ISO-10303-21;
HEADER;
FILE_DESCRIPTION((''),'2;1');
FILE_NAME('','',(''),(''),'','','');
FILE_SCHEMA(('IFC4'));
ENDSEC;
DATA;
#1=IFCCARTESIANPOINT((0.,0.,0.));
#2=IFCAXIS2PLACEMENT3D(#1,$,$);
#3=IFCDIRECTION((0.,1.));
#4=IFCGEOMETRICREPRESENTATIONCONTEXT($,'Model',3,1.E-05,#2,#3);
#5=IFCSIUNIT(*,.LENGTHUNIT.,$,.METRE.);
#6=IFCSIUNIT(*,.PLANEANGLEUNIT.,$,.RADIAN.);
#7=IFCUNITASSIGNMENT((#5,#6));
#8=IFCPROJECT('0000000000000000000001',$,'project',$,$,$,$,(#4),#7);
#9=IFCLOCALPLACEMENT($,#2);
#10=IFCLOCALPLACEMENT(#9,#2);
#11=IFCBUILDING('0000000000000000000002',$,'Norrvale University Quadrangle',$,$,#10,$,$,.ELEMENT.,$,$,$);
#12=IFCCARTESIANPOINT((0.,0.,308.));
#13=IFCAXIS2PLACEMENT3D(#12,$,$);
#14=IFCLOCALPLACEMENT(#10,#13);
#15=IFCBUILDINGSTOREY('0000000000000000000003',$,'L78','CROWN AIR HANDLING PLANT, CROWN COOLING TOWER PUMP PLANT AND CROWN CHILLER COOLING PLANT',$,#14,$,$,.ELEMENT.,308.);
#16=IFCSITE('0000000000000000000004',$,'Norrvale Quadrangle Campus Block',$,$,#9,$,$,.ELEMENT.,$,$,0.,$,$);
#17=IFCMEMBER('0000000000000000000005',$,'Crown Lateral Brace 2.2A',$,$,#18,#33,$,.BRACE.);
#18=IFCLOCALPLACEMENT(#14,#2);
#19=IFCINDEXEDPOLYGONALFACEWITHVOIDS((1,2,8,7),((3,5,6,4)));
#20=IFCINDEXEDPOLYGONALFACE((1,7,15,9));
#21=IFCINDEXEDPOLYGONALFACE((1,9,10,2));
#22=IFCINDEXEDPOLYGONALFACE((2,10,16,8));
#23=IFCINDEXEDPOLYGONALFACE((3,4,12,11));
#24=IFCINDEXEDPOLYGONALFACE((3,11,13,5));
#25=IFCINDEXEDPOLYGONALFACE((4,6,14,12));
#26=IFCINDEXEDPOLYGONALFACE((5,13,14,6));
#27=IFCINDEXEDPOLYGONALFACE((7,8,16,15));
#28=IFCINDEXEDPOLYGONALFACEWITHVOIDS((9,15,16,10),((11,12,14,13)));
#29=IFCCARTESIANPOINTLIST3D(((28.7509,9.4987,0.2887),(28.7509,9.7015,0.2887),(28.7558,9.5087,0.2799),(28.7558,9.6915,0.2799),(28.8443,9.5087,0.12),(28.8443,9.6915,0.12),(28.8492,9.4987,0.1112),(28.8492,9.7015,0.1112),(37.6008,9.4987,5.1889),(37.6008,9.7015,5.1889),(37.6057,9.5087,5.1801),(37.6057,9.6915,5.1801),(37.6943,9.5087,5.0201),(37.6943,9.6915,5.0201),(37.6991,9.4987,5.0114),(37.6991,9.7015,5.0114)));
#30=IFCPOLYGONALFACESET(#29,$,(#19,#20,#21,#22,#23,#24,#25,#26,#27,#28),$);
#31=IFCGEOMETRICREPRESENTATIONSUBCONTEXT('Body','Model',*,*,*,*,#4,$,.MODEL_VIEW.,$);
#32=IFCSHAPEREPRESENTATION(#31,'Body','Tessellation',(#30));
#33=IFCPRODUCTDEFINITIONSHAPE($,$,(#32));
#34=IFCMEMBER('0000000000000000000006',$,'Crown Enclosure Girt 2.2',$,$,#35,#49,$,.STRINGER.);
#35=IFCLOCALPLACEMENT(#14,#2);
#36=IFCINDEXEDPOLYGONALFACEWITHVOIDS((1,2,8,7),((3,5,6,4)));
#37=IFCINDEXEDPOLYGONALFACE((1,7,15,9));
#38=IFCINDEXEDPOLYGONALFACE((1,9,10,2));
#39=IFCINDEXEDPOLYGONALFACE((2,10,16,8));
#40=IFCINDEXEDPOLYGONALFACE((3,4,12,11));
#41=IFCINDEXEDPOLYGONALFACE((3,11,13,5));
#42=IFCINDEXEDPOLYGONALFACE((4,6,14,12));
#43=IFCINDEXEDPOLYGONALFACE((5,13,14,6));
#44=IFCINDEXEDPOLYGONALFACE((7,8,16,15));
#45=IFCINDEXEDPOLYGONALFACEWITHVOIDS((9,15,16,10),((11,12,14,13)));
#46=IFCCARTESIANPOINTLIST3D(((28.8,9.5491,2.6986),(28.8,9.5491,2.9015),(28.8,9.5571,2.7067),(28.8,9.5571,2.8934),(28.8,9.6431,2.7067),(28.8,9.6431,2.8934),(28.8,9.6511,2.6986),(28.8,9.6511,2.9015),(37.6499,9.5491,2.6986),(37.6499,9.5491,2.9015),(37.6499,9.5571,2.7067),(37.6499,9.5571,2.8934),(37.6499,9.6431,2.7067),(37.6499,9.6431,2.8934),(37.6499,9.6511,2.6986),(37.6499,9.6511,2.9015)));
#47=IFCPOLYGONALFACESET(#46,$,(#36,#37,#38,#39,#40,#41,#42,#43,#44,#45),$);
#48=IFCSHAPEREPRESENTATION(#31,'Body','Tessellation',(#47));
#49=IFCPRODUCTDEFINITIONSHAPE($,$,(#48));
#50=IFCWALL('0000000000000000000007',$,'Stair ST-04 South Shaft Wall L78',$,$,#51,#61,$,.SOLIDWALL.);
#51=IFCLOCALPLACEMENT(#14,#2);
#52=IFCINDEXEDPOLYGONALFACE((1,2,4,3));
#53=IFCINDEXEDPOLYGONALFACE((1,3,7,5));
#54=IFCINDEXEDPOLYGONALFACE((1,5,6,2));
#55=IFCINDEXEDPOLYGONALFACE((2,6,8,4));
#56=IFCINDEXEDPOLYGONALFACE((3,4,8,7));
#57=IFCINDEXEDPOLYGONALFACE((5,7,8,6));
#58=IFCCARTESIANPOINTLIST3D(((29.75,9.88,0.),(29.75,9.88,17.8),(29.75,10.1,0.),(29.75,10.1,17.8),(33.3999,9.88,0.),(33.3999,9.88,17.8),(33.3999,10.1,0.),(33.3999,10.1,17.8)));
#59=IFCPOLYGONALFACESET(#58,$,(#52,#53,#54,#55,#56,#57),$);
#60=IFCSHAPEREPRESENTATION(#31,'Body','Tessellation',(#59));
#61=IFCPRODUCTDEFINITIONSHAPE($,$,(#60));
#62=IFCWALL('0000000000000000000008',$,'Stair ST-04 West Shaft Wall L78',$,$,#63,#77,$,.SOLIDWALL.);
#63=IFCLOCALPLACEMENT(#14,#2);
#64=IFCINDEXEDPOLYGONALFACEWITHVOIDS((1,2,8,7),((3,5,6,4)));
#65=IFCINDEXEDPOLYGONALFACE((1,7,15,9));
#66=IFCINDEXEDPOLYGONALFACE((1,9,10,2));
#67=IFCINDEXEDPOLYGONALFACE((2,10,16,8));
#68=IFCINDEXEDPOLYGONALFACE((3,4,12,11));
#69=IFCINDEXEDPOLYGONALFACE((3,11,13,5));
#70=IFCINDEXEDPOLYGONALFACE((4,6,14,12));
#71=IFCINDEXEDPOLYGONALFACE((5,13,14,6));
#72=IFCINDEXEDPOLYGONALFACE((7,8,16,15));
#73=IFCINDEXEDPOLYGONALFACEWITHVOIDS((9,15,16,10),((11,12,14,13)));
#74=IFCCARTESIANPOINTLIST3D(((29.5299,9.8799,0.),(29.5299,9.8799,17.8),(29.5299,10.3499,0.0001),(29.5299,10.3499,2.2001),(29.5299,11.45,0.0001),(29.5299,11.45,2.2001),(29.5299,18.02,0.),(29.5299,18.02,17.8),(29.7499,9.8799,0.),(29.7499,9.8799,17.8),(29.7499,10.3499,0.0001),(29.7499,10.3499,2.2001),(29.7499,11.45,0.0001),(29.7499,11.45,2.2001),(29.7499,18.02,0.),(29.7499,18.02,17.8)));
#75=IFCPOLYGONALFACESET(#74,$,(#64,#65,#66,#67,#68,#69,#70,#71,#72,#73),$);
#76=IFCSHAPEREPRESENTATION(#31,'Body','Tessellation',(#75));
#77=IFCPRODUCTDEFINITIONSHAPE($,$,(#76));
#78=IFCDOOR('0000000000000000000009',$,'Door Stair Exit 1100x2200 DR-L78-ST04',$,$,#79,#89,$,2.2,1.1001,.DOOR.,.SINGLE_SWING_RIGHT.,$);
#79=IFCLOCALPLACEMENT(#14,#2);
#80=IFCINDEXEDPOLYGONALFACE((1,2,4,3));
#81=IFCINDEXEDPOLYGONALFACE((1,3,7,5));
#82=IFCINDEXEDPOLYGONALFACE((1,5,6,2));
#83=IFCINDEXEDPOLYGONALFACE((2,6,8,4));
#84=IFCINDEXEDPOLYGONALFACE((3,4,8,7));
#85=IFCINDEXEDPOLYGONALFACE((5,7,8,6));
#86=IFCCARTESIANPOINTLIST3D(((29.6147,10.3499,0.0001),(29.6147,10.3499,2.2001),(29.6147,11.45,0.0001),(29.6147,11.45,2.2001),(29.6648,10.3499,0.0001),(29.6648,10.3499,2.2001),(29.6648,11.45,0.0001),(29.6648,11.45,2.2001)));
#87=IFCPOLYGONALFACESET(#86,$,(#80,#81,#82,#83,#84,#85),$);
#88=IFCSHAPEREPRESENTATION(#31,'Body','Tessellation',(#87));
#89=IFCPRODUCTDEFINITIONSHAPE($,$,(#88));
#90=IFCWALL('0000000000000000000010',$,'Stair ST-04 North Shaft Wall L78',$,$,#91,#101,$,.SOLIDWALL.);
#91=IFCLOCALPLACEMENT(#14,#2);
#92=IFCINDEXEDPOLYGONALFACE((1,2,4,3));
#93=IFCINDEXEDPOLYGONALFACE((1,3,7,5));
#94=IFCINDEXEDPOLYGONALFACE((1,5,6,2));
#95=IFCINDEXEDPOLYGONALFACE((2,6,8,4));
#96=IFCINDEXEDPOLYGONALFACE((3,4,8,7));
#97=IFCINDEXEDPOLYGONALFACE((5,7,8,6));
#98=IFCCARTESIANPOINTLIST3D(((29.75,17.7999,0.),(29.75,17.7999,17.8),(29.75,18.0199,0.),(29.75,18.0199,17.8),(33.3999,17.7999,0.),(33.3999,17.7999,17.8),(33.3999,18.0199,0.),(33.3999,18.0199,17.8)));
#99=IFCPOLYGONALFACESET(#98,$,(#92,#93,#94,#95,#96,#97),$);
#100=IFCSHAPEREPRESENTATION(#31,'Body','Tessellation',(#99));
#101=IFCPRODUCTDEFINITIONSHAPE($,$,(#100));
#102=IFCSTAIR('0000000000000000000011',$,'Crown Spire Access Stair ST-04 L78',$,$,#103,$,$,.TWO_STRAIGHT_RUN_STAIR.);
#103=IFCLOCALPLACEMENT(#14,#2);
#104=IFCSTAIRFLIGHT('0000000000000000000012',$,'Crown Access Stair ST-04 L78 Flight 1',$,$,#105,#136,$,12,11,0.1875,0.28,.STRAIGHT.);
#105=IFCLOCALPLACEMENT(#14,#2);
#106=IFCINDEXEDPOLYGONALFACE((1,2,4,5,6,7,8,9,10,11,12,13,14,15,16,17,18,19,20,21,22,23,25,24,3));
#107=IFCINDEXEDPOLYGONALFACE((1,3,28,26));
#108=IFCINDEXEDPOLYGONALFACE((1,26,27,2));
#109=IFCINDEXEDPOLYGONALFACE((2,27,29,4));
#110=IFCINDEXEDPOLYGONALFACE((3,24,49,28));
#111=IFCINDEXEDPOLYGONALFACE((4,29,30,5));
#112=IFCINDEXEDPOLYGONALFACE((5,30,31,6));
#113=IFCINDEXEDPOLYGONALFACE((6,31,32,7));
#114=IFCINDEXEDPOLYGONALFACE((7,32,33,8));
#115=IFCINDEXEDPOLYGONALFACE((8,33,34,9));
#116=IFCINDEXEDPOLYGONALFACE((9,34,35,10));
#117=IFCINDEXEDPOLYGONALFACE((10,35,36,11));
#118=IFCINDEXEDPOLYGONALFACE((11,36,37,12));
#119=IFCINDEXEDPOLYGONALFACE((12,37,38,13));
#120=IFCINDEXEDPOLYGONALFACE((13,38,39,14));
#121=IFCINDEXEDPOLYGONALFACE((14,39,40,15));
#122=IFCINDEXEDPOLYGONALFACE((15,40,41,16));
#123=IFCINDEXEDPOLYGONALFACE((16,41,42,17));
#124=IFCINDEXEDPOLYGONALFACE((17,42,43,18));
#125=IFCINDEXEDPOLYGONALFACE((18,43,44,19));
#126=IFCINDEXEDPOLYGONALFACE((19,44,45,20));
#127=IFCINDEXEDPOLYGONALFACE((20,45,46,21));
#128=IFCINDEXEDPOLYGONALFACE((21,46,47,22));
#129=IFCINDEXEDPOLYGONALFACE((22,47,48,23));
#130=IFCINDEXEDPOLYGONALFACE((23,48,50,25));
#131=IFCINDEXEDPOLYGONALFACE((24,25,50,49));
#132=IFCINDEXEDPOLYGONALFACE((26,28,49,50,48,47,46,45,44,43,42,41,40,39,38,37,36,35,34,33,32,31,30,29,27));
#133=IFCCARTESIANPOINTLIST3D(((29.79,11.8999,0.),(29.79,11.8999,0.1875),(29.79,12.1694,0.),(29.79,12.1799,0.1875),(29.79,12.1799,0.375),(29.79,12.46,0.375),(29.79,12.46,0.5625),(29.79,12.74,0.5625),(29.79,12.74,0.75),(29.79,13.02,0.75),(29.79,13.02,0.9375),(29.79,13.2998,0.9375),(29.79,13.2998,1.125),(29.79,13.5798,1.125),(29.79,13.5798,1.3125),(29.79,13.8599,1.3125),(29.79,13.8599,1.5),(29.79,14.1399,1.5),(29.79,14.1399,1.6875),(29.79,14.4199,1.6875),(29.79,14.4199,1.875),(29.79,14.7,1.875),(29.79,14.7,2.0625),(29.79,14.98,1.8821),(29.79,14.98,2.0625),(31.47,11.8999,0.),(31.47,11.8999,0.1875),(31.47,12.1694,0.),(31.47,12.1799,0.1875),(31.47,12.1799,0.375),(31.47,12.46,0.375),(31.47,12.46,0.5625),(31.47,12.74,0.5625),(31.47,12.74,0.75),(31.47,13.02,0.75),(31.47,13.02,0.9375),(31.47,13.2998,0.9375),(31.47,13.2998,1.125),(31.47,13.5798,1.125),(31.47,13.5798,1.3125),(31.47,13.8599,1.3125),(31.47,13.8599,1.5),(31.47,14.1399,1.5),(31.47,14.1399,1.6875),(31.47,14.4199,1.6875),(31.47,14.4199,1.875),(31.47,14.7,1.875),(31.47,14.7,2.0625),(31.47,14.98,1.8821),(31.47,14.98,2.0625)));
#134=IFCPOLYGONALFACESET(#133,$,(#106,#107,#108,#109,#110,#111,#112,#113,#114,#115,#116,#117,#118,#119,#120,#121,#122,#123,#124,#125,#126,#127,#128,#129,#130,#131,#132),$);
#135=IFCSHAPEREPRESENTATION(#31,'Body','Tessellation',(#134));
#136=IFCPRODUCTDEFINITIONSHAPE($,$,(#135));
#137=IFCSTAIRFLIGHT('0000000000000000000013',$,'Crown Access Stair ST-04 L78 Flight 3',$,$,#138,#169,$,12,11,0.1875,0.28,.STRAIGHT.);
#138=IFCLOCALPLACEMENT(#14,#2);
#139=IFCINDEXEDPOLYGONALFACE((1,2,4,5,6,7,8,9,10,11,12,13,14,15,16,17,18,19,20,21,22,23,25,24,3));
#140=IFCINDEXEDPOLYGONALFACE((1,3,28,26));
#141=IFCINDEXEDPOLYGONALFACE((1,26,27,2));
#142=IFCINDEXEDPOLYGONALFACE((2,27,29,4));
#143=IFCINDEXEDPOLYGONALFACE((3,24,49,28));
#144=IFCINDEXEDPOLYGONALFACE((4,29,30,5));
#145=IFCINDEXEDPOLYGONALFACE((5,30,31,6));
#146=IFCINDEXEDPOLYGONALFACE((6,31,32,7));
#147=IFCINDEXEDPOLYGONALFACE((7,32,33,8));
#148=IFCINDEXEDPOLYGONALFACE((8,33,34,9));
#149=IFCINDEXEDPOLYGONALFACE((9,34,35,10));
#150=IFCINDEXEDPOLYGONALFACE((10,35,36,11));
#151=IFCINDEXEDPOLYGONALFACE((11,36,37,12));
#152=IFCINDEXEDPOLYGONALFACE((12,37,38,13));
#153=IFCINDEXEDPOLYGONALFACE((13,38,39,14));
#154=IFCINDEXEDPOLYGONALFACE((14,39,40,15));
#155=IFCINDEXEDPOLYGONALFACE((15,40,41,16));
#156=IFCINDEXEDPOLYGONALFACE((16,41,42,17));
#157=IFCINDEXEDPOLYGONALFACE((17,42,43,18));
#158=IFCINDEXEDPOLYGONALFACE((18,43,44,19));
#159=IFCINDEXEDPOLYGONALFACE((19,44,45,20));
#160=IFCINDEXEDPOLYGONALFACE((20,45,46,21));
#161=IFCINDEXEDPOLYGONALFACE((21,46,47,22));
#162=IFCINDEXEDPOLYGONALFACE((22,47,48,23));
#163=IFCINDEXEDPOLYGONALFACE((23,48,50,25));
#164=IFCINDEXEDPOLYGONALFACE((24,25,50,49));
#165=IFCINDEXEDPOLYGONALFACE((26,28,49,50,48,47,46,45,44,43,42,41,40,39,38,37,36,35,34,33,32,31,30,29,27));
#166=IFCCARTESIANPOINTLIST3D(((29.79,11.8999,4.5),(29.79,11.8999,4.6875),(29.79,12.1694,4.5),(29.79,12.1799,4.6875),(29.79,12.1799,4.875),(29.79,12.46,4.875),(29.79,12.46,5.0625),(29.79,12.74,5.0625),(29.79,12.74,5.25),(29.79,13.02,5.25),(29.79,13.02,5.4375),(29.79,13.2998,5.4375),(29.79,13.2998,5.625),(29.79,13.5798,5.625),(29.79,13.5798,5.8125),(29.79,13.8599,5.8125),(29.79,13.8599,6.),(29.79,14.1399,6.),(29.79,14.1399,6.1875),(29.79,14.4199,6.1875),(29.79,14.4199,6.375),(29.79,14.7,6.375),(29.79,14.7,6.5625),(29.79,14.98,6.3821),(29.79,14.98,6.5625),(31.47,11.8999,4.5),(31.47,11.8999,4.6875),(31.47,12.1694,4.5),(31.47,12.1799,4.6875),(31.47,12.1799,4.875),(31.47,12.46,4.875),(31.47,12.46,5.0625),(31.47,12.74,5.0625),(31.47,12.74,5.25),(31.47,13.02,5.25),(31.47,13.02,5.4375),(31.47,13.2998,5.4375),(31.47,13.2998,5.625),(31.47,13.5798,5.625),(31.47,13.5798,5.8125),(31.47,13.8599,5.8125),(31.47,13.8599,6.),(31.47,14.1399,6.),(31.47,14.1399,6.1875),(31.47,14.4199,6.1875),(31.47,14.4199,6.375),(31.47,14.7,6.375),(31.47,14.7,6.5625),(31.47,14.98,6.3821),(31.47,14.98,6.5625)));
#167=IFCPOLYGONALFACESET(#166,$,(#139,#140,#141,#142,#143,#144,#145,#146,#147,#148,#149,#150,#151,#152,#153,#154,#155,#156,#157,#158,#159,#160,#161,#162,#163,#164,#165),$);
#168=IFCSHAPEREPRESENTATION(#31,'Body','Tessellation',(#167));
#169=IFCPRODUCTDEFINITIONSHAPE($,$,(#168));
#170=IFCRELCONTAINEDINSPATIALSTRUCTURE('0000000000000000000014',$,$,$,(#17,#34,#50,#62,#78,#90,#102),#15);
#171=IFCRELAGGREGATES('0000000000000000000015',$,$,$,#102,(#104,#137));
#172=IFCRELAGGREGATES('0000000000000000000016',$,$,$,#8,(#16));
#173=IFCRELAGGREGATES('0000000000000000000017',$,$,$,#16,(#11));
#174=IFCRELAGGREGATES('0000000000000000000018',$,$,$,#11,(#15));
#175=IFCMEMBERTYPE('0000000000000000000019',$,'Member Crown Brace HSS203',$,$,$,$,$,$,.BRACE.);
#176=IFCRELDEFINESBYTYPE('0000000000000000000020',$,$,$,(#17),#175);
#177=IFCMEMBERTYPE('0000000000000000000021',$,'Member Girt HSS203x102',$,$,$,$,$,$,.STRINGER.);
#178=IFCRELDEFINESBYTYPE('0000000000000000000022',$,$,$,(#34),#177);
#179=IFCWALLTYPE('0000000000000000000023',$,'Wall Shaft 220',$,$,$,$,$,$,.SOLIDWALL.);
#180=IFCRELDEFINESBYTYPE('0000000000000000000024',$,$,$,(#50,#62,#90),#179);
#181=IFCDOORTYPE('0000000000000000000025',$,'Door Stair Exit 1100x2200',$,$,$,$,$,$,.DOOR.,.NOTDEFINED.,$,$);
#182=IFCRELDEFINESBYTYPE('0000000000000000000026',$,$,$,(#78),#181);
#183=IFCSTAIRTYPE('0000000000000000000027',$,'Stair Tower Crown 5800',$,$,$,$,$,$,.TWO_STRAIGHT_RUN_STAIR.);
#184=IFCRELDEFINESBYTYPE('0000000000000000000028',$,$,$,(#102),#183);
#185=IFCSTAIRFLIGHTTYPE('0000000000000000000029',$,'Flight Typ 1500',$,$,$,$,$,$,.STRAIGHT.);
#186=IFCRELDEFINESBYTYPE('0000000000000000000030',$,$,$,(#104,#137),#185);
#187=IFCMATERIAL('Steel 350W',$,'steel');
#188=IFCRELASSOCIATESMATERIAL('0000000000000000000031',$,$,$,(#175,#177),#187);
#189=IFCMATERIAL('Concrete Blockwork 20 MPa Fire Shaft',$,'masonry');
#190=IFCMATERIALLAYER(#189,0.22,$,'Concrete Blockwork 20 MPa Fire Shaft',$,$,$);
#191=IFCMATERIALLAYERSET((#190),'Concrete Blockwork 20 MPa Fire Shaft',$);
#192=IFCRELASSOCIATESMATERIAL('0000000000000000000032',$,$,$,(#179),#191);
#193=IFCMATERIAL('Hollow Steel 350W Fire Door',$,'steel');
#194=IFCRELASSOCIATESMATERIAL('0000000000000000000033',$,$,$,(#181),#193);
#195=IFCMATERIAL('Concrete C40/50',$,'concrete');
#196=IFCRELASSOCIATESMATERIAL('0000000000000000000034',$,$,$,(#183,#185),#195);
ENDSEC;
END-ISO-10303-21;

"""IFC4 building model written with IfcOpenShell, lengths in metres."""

from ifc_helpers import new_model, si_unit, direction, frame, frame_2d, origin, origin_2d, place, context, subcontext, project, spatial, polyline, rectangle, hollow_rectangle, outline, extrude, material, layer, layer_set, material_profile, profile_set, type_object, element, fill, aggregate, save


model = new_model("IFC4")

# Units and contexts
model_context = context("Model", 3, precision=1e-05, world=origin(), true_north=direction((0.0, 1.0)))
body_context = subcontext(model_context, "Body", "Model", "MODEL_VIEW")
ifc_project = project(units=[si_unit("LENGTHUNIT", "METRE"), si_unit("PLANEANGLEUNIT", "RADIAN")], contexts=[model_context])

# Site, building, storey
site_placement = place(None, origin())
site = spatial("IfcSite", under=ifc_project, at=site_placement, Name="Norrvale Quadrangle Campus Block", CompositionType="ELEMENT", RefElevation=0.0)
building_placement = place(site_placement, origin())
building = spatial("IfcBuilding", under=site, at=building_placement, Name="Norrvale University Quadrangle", CompositionType="ELEMENT")
storey_placement = place(building_placement, frame((0.0, 0.0, 308.0)))
storey = spatial("IfcBuildingStorey", under=building, at=storey_placement, Name="L78", Description="CROWN AIR HANDLING PLANT, CROWN COOLING TOWER PUMP PLANT AND CROWN CHILLER COOLING PLANT", CompositionType="ELEMENT", Elevation=308.0)

# Shared definitions
ifc_material_1 = material(Name="Steel 350W", Category="steel")

# Members
ifc_material_profile_1 = material_profile(ifc_material_1, hollow_rectangle(XDim=0.2029, YDim=0.2029, WallThickness=0.01, at=origin_2d()), Name="Steel 350W")
ifc_profile_set_1 = profile_set([ifc_material_profile_1], Name="Steel 350W")
member_type_1 = type_object("IfcMemberType", Name="Member Crown Brace HSS203", PredefinedType="BRACE", material=ifc_profile_set_1)
member_1_placement = place(storey_placement, frame((28.8, 9.6001, 0.2), z_axis=(0.874846, 0.0, 0.484401), x_axis=(0.0, 1.0, 0.0)))
element("IfcMember", 1, at=member_1_placement, inside=storey, type_object=member_type_1, Name="Crown Lateral Brace 2.2A", PredefinedType="BRACE", context=body_context, shape_type="SweptSolid", body=[
    extrude(hollow_rectangle(XDim=0.2029, YDim=0.2029, WallThickness=0.01, at=origin_2d()), origin(), (0.0, 0.0, 1.0), 10.116),
])
ifc_material_profile_2 = material_profile(ifc_material_1, hollow_rectangle(XDim=0.1021, YDim=0.2029, WallThickness=0.0081, at=origin_2d()), Name="Steel 350W")
ifc_profile_set_2 = profile_set([ifc_material_profile_2], Name="Steel 350W")
member_type_2 = type_object("IfcMemberType", Name="Member Girt HSS203x102", PredefinedType="STRINGER", material=ifc_profile_set_2)
member_2_placement = place(storey_placement, frame((28.8, 9.6001, 2.8), z_axis=(1.0, 0.0, 0.0), x_axis=(0.0, 1.0, 0.0)))
element("IfcMember", 2, at=member_2_placement, inside=storey, type_object=member_type_2, Name="Crown Enclosure Girt 2.2", PredefinedType="STRINGER", context=body_context, shape_type="SweptSolid", body=[
    extrude(hollow_rectangle(XDim=0.1021, YDim=0.2029, WallThickness=0.0081, at=origin_2d()), origin(), (0.0, 0.0, 1.0), 8.8499),
])

# Wall
ifc_material_2 = material(Name="Concrete Blockwork 20 MPa Fire Shaft", Category="masonry")
ifc_layer = layer(ifc_material_2, 0.22, Name="Concrete Blockwork 20 MPa Fire Shaft")
ifc_layer_set = layer_set([ifc_layer], Name="Concrete Blockwork 20 MPa Fire Shaft")
wall_type = type_object("IfcWallType", Name="Wall Shaft 220", PredefinedType="SOLIDWALL", material=ifc_layer_set)
wall_1_placement = place(storey_placement, frame((29.75, 9.99, 0.0), z_axis=(0.0, 0.0, 1.0), x_axis=(1.0, 0.0, 0.0)))
element("IfcWall", 3, at=wall_1_placement, inside=storey, type_object=wall_type, Name="Stair ST-04 South Shaft Wall L78", PredefinedType="SOLIDWALL", context=body_context, shape_type="SweptSolid", body=[
    extrude(rectangle(XDim=3.6499, YDim=0.22, at=frame_2d((1.825, 0.0))), origin(), (0.0, 0.0, 1.0), 17.8),
])

# Wall, opening, door
wall_2_placement = place(storey_placement, frame((29.6399, 9.8799, 0.0), z_axis=(0.0, 0.0, 1.0), x_axis=(0.0, 1.0, 0.0)))
wall_2 = element("IfcWall", 4, at=wall_2_placement, inside=storey, type_object=wall_type, Name="Stair ST-04 West Shaft Wall L78", PredefinedType="SOLIDWALL", context=body_context, shape_type="SweptSolid", body=[
    extrude(rectangle(XDim=8.1401, YDim=0.22, at=frame_2d((4.0701, 0.0))), origin(), (0.0, 0.0, 1.0), 17.8),
])
opening_placement = place(wall_2_placement, frame((0.47, 0.0, 0.0)))
opening = element("IfcOpeningElement", 5, at=opening_placement, cuts=wall_2, PredefinedType="OPENING", context=body_context, shape_type="SweptSolid", body=[
    extrude(rectangle(XDim=1.1001, YDim=2.2, at=frame_2d((0.55, 1.1001))), frame((0.0, 0.1221, 0.0), z_axis=(0.0, -1.0, 0.0), x_axis=(1.0, 0.0, 0.0)), (0.0, 0.0, 1.0), 0.2439),
])
ifc_material_3 = material(Name="Hollow Steel 350W Fire Door", Category="steel")
door_type = type_object("IfcDoorType", Name="Door Stair Exit 1100x2200", OperationType="NOTDEFINED", PredefinedType="DOOR", material=ifc_material_3)
door_placement = place(opening_placement, frame((1.1001, 0.0, 0.0), z_axis=(0.0, 0.0, 1.0), x_axis=(-1.0, 0.0, 0.0)))
door = element("IfcDoor", 6, at=door_placement, inside=storey, type_object=door_type, Name="Door Stair Exit 1100x2200 DR-L78-ST04", OperationType="SINGLE_SWING_RIGHT", OverallHeight=2.2, OverallWidth=1.1001, PredefinedType="DOOR", context=body_context, shape_type="SweptSolid", body=[
    extrude(rectangle(XDim=1.1001, YDim=2.2, at=frame_2d((0.55, 1.1001))), frame((0.0, 0.0249, 0.0), z_axis=(0.0, -1.0, 0.0), x_axis=(1.0, 0.0, 0.0)), (0.0, 0.0, 1.0), 0.05),
])
fill(opening, door)

# Wall
wall_3_placement = place(storey_placement, frame((29.75, 17.9099, 0.0), z_axis=(0.0, 0.0, 1.0), x_axis=(1.0, 0.0, 0.0)))
element("IfcWall", 7, at=wall_3_placement, inside=storey, type_object=wall_type, Name="Stair ST-04 North Shaft Wall L78", PredefinedType="SOLIDWALL", context=body_context, shape_type="SweptSolid", body=[
    extrude(rectangle(XDim=3.6499, YDim=0.22, at=frame_2d((1.825, 0.0))), origin(), (0.0, 0.0, 1.0), 17.8),
])

# Stair, stair flights
ifc_material_4 = material(Name="Concrete C40/50", Category="concrete")
stair_type = type_object("IfcStairType", Name="Stair Tower Crown 5800", PredefinedType="TWO_STRAIGHT_RUN_STAIR", material=ifc_material_4)
stair_placement = place(storey_placement, origin())
stair = element("IfcStair", 8, at=stair_placement, inside=storey, type_object=stair_type, Name="Crown Spire Access Stair ST-04 L78", PredefinedType="TWO_STRAIGHT_RUN_STAIR")
stair_flight_type = type_object("IfcStairFlightType", Name="Flight Typ 1500", PredefinedType="STRAIGHT", material=ifc_material_4)
stair_flight_1_placement = place(storey_placement, frame((30.6299, 11.8999, 0.0), z_axis=(0.0, 0.0, 1.0), x_axis=(0.0, 1.0, 0.0)))
stair_flight_1 = element("IfcStairFlight", 9, at=stair_flight_1_placement, type_object=stair_flight_type, Name="Crown Access Stair ST-04 L78 Flight 1", NumberOfRisers=12, NumberOfTreads=11, PredefinedType="STRAIGHT", RiserHeight=0.1875, TreadLength=0.28, context=body_context, shape_type="SweptSolid", body=[
    extrude(outline(polyline([(0.0, 0.0), (0.0, 0.1875), (0.28, 0.1875), (0.28, 0.375), (0.5601, 0.375), (0.5601, 0.5625), (0.8401, 0.5625), (0.8401, 0.75), (1.1201, 0.75), (1.1201, 0.9375), (1.3999, 0.9375), (1.3999, 1.125), (1.6799, 1.125), (1.6799, 1.3125), (1.96, 1.3125), (1.96, 1.5), (2.24, 1.5), (2.24, 1.6875), (2.52, 1.6875), (2.52, 1.875), (2.8, 1.875), (2.8, 2.0625), (3.0801, 2.0625), (3.0801, 2.25), (3.0801, 1.8821), (0.2695, 0.0), (0.0, 0.0)])), frame((0.0, 0.8398, 0.0), z_axis=(0.0, -1.0, 0.0), x_axis=(1.0, 0.0, 0.0)), (0.0, 0.0, 1.0), 1.6799),
])
stair_flight_2_placement = place(storey_placement, frame((30.6299, 11.8999, 4.5), z_axis=(0.0, 0.0, 1.0), x_axis=(0.0, 1.0, 0.0)))
stair_flight_2 = element("IfcStairFlight", 10, at=stair_flight_2_placement, type_object=stair_flight_type, Name="Crown Access Stair ST-04 L78 Flight 3", NumberOfRisers=12, NumberOfTreads=11, PredefinedType="STRAIGHT", RiserHeight=0.1875, TreadLength=0.28, context=body_context, shape_type="SweptSolid", body=[
    extrude(outline(polyline([(0.0, 0.0), (0.0, 0.1875), (0.28, 0.1875), (0.28, 0.375), (0.5601, 0.375), (0.5601, 0.5625), (0.8401, 0.5625), (0.8401, 0.75), (1.1201, 0.75), (1.1201, 0.9375), (1.3999, 0.9375), (1.3999, 1.125), (1.6799, 1.125), (1.6799, 1.3125), (1.96, 1.3125), (1.96, 1.5), (2.24, 1.5), (2.24, 1.6875), (2.52, 1.6875), (2.52, 1.875), (2.8, 1.875), (2.8, 2.0625), (3.0801, 2.0625), (3.0801, 2.25), (3.0801, 1.8821), (0.2695, 0.0), (0.0, 0.0)])), frame((0.0, 0.8398, 0.0), z_axis=(0.0, -1.0, 0.0), x_axis=(1.0, 0.0, 0.0)), (0.0, 0.0, 1.0), 1.6799),
])
aggregate(stair, [stair_flight_1, stair_flight_2])

save(model, "model.ifc")
